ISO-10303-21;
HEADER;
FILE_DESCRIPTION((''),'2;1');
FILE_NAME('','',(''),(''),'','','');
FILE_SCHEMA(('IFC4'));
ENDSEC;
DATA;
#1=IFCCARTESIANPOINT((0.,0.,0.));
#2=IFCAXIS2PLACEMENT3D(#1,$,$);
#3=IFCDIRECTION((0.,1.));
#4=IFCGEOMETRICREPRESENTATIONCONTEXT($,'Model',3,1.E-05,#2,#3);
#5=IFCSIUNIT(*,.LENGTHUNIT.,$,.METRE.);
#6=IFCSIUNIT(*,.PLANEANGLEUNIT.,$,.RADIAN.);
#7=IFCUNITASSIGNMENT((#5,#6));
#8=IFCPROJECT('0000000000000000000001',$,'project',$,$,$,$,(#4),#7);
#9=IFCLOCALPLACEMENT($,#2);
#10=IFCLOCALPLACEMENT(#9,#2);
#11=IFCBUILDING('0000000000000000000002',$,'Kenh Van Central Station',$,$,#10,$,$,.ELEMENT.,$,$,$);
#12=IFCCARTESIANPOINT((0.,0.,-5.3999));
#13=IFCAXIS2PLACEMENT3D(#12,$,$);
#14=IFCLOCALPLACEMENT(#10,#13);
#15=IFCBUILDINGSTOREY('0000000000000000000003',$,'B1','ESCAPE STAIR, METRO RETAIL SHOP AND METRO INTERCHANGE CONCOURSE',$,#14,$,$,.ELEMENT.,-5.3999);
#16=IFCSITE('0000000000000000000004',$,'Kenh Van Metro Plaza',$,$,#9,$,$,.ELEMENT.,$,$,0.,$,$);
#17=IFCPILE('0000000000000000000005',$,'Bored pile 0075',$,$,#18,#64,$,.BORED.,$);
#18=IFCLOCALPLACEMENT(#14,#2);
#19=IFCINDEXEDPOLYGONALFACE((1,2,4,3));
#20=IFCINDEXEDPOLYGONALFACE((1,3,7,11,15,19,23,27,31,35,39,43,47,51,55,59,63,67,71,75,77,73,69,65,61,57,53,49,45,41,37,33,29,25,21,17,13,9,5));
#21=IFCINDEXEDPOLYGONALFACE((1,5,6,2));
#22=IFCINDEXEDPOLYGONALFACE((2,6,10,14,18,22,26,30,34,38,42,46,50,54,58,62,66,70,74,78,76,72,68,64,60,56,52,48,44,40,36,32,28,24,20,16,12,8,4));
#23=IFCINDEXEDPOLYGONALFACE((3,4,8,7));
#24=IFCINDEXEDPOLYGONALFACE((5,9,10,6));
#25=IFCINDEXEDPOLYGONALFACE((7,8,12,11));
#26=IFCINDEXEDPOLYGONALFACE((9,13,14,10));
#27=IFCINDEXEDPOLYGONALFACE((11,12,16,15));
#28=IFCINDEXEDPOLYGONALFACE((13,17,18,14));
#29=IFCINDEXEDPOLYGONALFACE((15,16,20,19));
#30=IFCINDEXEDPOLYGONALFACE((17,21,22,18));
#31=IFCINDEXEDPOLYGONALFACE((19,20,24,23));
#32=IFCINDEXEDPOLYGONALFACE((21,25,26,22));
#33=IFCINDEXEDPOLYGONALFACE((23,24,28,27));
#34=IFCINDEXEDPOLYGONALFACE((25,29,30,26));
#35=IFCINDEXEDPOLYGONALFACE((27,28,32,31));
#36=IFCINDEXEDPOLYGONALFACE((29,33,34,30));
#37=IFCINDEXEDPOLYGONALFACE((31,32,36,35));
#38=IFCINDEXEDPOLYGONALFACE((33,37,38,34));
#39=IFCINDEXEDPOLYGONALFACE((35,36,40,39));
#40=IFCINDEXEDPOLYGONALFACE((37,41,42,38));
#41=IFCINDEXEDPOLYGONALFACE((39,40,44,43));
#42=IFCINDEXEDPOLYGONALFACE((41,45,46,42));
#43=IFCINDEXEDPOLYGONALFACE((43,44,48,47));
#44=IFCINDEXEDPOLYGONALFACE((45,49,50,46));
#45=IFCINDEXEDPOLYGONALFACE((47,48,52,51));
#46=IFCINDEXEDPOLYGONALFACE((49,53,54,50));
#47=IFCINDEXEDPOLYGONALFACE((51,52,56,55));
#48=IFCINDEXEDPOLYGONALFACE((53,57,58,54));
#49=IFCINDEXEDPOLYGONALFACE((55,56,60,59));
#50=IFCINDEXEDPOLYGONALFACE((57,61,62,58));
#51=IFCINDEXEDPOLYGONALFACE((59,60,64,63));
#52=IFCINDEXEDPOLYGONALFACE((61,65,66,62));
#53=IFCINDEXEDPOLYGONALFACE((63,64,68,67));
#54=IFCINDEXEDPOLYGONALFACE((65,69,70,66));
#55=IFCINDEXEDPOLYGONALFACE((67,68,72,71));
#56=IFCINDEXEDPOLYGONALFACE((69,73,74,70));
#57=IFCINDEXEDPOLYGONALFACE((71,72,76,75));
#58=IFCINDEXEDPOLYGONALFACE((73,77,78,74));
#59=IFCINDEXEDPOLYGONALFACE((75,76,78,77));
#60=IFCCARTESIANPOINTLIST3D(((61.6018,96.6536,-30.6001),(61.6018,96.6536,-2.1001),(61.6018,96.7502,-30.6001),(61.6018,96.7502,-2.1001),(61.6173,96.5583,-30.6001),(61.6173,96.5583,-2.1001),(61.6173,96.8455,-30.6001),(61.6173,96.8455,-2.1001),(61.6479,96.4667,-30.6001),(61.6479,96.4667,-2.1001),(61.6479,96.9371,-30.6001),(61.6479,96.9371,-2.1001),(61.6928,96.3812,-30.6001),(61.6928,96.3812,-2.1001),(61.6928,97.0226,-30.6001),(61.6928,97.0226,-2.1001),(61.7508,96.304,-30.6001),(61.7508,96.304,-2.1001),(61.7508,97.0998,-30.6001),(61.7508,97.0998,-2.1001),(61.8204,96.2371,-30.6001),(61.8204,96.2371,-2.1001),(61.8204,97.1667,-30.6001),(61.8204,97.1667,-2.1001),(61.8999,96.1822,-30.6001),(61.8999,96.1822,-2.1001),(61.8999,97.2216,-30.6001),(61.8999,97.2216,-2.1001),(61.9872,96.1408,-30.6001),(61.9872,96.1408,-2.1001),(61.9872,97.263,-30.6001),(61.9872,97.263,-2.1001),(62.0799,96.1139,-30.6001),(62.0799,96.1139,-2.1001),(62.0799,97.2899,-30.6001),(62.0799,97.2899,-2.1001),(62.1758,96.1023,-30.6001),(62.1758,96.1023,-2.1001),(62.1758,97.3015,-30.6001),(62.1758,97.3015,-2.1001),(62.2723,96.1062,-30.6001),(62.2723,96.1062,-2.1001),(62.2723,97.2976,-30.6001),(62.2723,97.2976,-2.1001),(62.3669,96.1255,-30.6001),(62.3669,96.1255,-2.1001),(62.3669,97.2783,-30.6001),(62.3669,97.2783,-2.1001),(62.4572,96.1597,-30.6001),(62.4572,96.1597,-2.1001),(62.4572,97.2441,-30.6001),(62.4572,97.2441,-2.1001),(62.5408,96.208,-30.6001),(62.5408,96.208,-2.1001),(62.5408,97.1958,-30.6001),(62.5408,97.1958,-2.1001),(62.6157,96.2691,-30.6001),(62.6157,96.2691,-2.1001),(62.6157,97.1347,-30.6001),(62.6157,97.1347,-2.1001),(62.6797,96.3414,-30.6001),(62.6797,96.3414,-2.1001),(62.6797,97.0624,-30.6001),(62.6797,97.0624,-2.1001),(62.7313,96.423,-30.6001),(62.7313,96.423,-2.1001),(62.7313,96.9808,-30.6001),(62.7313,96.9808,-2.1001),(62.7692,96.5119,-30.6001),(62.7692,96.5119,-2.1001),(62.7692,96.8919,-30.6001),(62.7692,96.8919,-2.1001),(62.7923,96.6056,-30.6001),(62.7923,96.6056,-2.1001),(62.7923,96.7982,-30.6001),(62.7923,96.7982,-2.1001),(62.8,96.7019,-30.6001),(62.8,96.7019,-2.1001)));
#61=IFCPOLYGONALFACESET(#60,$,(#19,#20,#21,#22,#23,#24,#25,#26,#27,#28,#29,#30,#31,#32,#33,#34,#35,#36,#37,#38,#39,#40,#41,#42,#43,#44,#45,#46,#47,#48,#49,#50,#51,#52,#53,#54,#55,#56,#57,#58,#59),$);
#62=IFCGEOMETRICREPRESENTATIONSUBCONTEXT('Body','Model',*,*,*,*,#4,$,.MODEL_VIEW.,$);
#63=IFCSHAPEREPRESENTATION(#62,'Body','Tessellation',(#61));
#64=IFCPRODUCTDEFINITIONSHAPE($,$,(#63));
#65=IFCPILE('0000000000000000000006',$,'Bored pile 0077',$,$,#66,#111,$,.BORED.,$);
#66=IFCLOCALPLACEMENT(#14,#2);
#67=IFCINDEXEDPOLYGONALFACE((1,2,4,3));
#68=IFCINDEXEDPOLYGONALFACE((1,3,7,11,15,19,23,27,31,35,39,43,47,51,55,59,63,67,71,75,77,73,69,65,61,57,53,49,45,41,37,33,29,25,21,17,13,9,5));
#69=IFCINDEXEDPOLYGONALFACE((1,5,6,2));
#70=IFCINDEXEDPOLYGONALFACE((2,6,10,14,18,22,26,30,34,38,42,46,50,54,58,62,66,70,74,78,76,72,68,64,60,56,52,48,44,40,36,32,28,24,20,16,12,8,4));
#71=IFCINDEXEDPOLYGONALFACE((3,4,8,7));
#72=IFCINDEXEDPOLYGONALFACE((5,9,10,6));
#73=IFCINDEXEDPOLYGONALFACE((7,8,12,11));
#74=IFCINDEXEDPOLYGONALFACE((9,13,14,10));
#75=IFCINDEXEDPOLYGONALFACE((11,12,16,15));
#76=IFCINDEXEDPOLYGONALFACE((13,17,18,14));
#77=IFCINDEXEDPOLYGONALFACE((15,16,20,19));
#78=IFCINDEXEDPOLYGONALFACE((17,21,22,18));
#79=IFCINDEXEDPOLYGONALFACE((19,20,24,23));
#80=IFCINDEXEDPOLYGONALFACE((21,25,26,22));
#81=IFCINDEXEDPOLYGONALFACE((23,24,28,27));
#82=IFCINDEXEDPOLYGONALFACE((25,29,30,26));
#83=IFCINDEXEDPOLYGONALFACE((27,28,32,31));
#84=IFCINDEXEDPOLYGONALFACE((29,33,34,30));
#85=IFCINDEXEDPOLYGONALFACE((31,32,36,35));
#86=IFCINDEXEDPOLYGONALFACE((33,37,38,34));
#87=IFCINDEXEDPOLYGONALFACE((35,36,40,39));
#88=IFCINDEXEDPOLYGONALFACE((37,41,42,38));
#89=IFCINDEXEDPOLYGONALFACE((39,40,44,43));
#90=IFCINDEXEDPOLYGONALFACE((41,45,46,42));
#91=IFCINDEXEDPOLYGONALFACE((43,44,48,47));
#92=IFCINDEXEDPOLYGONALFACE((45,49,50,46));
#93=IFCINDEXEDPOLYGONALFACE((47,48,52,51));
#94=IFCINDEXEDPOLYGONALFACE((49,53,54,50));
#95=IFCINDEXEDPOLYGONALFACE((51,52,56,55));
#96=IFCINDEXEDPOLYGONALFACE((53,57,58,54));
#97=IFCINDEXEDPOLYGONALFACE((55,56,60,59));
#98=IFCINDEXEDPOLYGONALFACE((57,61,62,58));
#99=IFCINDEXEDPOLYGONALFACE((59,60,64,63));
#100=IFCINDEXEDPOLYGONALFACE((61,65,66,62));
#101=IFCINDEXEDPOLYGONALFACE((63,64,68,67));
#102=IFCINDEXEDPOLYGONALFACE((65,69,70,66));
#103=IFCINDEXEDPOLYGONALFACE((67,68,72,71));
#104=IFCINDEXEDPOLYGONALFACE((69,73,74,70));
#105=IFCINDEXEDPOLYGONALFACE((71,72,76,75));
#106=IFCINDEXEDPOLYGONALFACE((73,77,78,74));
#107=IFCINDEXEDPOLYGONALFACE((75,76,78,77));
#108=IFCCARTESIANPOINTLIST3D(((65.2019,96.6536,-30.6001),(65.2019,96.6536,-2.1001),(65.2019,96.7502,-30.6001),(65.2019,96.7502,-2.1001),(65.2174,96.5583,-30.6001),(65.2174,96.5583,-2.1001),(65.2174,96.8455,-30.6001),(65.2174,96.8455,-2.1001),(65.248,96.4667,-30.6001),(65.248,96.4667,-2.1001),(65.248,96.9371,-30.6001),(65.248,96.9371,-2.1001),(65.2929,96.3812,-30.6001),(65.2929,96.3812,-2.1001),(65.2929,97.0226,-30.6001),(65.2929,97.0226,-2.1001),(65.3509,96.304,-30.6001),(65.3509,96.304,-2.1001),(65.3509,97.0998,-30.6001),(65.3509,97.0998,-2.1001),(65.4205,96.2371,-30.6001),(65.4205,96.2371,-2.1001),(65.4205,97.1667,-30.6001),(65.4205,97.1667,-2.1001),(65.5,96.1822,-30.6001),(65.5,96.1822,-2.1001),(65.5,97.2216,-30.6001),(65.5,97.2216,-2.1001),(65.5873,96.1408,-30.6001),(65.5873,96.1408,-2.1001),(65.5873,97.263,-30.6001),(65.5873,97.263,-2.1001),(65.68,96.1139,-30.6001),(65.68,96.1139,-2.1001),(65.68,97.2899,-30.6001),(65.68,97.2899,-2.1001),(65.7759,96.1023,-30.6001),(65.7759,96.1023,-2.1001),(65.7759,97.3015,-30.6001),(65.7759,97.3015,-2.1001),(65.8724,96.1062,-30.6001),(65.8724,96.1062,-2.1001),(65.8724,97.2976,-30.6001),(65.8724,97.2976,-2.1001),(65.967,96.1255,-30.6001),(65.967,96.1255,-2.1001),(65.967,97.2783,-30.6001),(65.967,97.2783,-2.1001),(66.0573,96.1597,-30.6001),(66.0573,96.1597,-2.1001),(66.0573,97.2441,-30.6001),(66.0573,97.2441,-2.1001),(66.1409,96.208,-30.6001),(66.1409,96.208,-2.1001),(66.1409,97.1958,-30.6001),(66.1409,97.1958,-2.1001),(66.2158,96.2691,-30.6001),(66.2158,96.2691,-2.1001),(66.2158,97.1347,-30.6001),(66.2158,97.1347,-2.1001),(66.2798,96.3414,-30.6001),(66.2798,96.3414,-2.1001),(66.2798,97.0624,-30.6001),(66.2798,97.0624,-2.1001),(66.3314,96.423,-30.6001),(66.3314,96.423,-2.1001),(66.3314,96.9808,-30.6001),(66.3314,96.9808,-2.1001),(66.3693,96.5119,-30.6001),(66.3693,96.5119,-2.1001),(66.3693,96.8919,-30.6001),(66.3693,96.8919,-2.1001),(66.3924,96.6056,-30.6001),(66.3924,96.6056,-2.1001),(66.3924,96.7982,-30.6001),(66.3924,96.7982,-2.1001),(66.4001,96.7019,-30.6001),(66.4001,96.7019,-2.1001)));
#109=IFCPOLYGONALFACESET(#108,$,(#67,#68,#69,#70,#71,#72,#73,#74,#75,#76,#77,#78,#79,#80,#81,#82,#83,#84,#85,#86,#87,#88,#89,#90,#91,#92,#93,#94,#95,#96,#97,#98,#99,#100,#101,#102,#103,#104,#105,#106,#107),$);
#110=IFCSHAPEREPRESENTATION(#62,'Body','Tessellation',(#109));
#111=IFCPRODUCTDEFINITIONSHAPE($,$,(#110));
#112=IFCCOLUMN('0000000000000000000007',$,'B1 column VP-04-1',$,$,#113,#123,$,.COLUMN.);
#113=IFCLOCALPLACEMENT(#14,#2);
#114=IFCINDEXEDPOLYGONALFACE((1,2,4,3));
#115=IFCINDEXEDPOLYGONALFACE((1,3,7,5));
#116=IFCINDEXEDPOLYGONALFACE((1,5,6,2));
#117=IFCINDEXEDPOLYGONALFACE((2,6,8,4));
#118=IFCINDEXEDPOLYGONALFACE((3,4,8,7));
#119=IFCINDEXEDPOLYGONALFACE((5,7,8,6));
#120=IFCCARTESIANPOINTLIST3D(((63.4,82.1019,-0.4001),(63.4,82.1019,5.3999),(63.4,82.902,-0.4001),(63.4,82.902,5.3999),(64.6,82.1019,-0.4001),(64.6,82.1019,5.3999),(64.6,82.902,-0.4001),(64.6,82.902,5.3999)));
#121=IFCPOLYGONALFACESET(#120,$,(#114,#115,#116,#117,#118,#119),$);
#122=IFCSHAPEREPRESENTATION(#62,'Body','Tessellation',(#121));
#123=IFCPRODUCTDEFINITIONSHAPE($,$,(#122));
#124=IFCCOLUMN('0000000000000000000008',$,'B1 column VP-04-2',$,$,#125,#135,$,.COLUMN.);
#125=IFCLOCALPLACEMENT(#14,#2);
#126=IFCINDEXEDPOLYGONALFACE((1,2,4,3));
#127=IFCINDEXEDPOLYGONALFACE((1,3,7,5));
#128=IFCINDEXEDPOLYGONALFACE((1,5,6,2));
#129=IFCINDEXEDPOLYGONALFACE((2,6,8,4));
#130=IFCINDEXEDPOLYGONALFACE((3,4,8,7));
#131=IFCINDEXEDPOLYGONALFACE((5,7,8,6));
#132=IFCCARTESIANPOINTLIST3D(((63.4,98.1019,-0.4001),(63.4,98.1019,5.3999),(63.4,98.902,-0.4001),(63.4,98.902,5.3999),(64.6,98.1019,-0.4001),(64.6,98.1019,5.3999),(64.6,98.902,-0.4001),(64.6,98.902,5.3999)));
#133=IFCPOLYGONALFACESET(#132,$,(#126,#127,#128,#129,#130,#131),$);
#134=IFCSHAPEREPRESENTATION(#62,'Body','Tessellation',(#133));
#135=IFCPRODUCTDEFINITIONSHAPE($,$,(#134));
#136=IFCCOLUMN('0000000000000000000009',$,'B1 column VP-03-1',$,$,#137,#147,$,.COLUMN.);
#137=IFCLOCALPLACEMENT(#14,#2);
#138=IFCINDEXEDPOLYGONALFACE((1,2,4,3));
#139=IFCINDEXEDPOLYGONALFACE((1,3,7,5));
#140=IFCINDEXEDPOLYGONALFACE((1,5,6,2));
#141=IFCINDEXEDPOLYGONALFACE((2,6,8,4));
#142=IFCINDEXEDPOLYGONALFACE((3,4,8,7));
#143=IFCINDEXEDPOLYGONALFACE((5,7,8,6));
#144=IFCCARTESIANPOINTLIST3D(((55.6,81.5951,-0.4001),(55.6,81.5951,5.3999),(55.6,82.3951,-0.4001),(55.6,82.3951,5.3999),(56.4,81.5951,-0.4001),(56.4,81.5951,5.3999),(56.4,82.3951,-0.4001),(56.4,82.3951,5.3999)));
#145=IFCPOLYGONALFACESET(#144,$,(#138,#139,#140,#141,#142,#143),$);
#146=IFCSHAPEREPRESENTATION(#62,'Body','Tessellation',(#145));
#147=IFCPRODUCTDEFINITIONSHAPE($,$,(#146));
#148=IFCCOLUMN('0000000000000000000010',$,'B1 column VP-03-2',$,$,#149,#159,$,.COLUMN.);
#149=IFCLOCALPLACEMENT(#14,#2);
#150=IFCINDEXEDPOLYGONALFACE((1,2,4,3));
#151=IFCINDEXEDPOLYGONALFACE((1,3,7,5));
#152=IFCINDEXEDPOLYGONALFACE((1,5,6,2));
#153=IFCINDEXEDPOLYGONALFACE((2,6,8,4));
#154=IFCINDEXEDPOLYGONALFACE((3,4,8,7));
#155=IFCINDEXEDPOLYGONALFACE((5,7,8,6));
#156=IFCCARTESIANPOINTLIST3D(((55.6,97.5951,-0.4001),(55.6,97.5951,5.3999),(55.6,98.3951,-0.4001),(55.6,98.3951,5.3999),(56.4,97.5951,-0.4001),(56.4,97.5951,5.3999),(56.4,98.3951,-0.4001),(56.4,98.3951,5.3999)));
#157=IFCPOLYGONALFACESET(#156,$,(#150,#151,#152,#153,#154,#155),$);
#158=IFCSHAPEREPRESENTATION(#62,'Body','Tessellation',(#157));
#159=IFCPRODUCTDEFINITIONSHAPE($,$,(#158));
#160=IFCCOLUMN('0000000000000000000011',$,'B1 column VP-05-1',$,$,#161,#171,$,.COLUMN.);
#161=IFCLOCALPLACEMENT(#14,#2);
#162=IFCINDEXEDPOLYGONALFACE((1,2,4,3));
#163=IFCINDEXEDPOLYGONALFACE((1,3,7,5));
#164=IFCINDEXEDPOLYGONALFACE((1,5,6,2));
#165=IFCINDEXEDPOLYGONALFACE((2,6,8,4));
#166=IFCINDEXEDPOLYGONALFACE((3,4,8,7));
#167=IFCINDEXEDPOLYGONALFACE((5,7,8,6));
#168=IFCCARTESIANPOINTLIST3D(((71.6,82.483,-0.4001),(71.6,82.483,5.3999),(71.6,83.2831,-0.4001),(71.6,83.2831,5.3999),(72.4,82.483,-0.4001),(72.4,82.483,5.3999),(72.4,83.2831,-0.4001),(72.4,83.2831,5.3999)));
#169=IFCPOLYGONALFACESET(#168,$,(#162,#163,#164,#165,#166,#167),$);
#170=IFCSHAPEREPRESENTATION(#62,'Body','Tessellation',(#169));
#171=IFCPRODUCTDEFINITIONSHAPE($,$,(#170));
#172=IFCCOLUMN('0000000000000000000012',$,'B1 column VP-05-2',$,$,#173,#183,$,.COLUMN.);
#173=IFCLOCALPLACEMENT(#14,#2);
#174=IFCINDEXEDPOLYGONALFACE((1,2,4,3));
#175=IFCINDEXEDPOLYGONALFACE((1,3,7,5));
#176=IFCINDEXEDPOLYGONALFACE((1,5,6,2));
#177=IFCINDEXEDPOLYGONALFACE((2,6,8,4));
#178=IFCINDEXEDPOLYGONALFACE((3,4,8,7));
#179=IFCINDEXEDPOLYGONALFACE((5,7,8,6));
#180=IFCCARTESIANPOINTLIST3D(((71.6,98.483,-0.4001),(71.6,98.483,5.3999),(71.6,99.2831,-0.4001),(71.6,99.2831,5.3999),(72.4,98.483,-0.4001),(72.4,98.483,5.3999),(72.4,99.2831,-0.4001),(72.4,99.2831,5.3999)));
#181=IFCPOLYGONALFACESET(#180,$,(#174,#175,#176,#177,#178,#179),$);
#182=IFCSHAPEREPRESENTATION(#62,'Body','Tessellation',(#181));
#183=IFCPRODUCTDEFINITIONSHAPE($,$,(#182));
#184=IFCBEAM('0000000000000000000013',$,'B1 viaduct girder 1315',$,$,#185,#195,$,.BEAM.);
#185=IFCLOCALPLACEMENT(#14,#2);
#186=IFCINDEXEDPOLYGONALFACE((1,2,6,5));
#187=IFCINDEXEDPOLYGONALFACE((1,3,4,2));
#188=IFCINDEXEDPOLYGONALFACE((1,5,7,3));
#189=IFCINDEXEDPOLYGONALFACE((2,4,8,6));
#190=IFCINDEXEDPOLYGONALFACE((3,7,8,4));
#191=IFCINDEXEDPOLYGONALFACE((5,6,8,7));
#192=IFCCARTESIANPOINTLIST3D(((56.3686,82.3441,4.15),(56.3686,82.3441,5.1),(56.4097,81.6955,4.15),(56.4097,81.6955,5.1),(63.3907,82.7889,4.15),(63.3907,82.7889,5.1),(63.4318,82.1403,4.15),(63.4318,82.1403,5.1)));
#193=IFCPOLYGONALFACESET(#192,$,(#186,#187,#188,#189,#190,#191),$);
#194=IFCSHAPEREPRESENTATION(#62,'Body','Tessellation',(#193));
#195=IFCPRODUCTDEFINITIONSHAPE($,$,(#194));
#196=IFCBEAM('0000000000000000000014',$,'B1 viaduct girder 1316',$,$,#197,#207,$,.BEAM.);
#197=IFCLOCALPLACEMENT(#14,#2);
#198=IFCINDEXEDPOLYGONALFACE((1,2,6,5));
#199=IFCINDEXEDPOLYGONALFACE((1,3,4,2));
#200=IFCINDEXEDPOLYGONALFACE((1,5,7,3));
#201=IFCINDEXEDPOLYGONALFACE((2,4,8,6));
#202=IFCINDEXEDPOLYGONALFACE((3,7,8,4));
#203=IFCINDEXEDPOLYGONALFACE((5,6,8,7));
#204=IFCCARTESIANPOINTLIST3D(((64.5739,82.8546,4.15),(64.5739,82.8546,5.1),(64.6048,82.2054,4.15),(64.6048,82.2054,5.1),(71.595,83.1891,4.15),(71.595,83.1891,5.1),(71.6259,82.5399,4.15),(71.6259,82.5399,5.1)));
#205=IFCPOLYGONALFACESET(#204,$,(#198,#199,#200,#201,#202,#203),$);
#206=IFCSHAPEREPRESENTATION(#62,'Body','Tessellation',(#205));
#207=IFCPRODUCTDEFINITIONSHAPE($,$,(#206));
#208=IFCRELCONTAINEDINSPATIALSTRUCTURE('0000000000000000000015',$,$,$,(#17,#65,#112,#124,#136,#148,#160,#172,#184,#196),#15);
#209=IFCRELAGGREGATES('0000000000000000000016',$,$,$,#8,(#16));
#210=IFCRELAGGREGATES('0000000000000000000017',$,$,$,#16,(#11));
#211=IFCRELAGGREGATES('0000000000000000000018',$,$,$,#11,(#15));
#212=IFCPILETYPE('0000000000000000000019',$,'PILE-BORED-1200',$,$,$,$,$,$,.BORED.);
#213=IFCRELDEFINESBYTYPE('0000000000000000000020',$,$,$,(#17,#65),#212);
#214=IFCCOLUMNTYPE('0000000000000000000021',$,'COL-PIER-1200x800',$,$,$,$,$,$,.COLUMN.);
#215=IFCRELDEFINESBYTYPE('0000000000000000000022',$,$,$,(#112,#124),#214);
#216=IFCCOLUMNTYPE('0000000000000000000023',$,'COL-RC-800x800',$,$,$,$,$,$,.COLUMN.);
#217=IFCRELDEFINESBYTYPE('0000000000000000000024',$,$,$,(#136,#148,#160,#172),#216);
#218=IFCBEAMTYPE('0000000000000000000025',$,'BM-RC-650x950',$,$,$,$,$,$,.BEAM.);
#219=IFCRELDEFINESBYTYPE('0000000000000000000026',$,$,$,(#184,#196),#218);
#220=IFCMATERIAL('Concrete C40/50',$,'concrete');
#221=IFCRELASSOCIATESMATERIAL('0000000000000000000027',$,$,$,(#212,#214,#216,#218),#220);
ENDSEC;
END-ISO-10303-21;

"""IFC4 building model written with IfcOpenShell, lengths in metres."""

from ifc_helpers import new_model, si_unit, direction, frame, origin, origin_2d, place, context, subcontext, project, spatial, rectangle, circle, extrude, material, material_profile, profile_set, type_object, element, save


model = new_model("IFC4")

# Units and contexts
model_context = context("Model", 3, precision=1e-05, world=origin(), true_north=direction((0.0, 1.0)))
body_context = subcontext(model_context, "Body", "Model", "MODEL_VIEW")
ifc_project = project(units=[si_unit("LENGTHUNIT", "METRE"), si_unit("PLANEANGLEUNIT", "RADIAN")], contexts=[model_context])

# Site, building, storey
site_placement = place(None, origin())
site = spatial("IfcSite", under=ifc_project, at=site_placement, Name="Kenh Van Metro Plaza", CompositionType="ELEMENT", RefElevation=0.0)
building_placement = place(site_placement, origin())
building = spatial("IfcBuilding", under=site, at=building_placement, Name="Kenh Van Central Station", CompositionType="ELEMENT")
storey_placement = place(building_placement, frame((0.0, 0.0, -5.3999)))
storey = spatial("IfcBuildingStorey", under=building, at=storey_placement, Name="B1", Description="ESCAPE STAIR, METRO RETAIL SHOP AND METRO INTERCHANGE CONCOURSE", CompositionType="ELEMENT", Elevation=-5.3999)

# Shared definitions
ifc_material = material(Name="Concrete C40/50", Category="concrete")

# Piles
ifc_material_profile_1 = material_profile(ifc_material, circle(Radius=0.6001, at=origin_2d()), Name="PILE D1200")
ifc_profile_set_1 = profile_set([ifc_material_profile_1], Name="Concrete C40/50")
pile_type_1 = type_object("IfcPileType", Name="PILE-BORED-1200", PredefinedType="BORED", material=ifc_profile_set_1)
for number, where, z_axis, x_axis, name in (
    (1, (62.2, 96.7019, -2.1001), (0.0, 0.0, -1.0), (1.0, 0.0, 0.0), "Bored pile 0075"),
    (2, (65.8, 96.7019, -2.1001), (0.0, 0.0, -1.0), (1.0, 0.0, 0.0), "Bored pile 0077"),
):
    element("IfcPile", number, at=place(storey_placement, frame(where, z_axis=z_axis, x_axis=x_axis)), inside=storey, type_object=pile_type_1, Name=name, PredefinedType="BORED", context=body_context, shape_type="SweptSolid", body=[
        extrude(circle(Radius=0.6001, at=origin_2d()), origin(), (0.0, 0.0, 1.0), 28.5),
    ])

# Columns
ifc_material_profile_2 = material_profile(ifc_material, rectangle(XDim=1.2, YDim=0.8, at=origin_2d()), Name="RC 1200x800")
ifc_profile_set_2 = profile_set([ifc_material_profile_2], Name="Concrete C40/50")
column_type_1 = type_object("IfcColumnType", Name="COL-PIER-1200x800", PredefinedType="COLUMN", material=ifc_profile_set_2)
for number, where, z_axis, x_axis, name in (
    (3, (64.0, 82.502, -0.4001), (0.0, 0.0, 1.0), (1.0, 0.0, 0.0), "B1 column VP-04-1"),
    (4, (64.0, 98.502, -0.4001), (0.0, 0.0, 1.0), (1.0, 0.0, 0.0), "B1 column VP-04-2"),
):
    element("IfcColumn", number, at=place(storey_placement, frame(where, z_axis=z_axis, x_axis=x_axis)), inside=storey, type_object=column_type_1, Name=name, PredefinedType="COLUMN", context=body_context, shape_type="SweptSolid", body=[
        extrude(rectangle(XDim=1.2, YDim=0.8, at=origin_2d()), origin(), (0.0, 0.0, 1.0), 5.8),
    ])
ifc_material_profile_3 = material_profile(ifc_material, rectangle(XDim=0.8, YDim=0.8, at=origin_2d()), Name="RC 800x800")
ifc_profile_set_3 = profile_set([ifc_material_profile_3], Name="Concrete C40/50")
column_type_2 = type_object("IfcColumnType", Name="COL-RC-800x800", PredefinedType="COLUMN", material=ifc_profile_set_3)
for number, where, z_axis, x_axis, name in (
    (5, (56.0, 81.9951, -0.4001), (0.0, 0.0, 1.0), (1.0, 0.0, 0.0), "B1 column VP-03-1"),
    (6, (56.0, 97.9951, -0.4001), (0.0, 0.0, 1.0), (1.0, 0.0, 0.0), "B1 column VP-03-2"),
    (7, (72.0, 82.8831, -0.4001), (0.0, 0.0, 1.0), (1.0, 0.0, 0.0), "B1 column VP-05-1"),
    (8, (72.0, 98.8831, -0.4001), (0.0, 0.0, 1.0), (1.0, 0.0, 0.0), "B1 column VP-05-2"),
):
    element("IfcColumn", number, at=place(storey_placement, frame(where, z_axis=z_axis, x_axis=x_axis)), inside=storey, type_object=column_type_2, Name=name, PredefinedType="COLUMN", context=body_context, shape_type="SweptSolid", body=[
        extrude(rectangle(XDim=0.8, YDim=0.8, at=origin_2d()), origin(), (0.0, 0.0, 1.0), 5.8),
    ])

# Beams
ifc_material_profile_4 = material_profile(ifc_material, rectangle(XDim=0.6499, YDim=0.95, at=origin_2d()), Name="RC 650x950")
ifc_profile_set_4 = profile_set([ifc_material_profile_4], Name="Concrete C40/50")
beam_type_1 = type_object("IfcBeamType", Name="BM-RC-650x950", PredefinedType="BEAM", material=ifc_profile_set_4)
beam_1_placement = place(storey_placement, frame((56.3892, 82.0198, 4.625), z_axis=(0.998, 0.063221, 0.0), x_axis=(-0.063221, 0.998, 0.0)))
element("IfcBeam", 9, at=beam_1_placement, inside=storey, type_object=beam_type_1, Name="B1 viaduct girder 1315", PredefinedType="BEAM", context=body_context, shape_type="SweptSolid", body=[
    extrude(rectangle(XDim=0.6499, YDim=0.95, at=origin_2d()), origin(), (0.0, 0.0, 1.0), 7.0361),
])
beam_2_placement = place(storey_placement, frame((64.5894, 82.53, 4.625), z_axis=(0.998867, 0.047585, 0.0), x_axis=(-0.047585, 0.998867, 0.0)))
element("IfcBeam", 10, at=beam_2_placement, inside=storey, type_object=beam_type_1, Name="B1 viaduct girder 1316", PredefinedType="BEAM", context=body_context, shape_type="SweptSolid", body=[
    extrude(rectangle(XDim=0.6499, YDim=0.95, at=origin_2d()), origin(), (0.0, 0.0, 1.0), 7.0291),
])

save(model, "model.ifc")
